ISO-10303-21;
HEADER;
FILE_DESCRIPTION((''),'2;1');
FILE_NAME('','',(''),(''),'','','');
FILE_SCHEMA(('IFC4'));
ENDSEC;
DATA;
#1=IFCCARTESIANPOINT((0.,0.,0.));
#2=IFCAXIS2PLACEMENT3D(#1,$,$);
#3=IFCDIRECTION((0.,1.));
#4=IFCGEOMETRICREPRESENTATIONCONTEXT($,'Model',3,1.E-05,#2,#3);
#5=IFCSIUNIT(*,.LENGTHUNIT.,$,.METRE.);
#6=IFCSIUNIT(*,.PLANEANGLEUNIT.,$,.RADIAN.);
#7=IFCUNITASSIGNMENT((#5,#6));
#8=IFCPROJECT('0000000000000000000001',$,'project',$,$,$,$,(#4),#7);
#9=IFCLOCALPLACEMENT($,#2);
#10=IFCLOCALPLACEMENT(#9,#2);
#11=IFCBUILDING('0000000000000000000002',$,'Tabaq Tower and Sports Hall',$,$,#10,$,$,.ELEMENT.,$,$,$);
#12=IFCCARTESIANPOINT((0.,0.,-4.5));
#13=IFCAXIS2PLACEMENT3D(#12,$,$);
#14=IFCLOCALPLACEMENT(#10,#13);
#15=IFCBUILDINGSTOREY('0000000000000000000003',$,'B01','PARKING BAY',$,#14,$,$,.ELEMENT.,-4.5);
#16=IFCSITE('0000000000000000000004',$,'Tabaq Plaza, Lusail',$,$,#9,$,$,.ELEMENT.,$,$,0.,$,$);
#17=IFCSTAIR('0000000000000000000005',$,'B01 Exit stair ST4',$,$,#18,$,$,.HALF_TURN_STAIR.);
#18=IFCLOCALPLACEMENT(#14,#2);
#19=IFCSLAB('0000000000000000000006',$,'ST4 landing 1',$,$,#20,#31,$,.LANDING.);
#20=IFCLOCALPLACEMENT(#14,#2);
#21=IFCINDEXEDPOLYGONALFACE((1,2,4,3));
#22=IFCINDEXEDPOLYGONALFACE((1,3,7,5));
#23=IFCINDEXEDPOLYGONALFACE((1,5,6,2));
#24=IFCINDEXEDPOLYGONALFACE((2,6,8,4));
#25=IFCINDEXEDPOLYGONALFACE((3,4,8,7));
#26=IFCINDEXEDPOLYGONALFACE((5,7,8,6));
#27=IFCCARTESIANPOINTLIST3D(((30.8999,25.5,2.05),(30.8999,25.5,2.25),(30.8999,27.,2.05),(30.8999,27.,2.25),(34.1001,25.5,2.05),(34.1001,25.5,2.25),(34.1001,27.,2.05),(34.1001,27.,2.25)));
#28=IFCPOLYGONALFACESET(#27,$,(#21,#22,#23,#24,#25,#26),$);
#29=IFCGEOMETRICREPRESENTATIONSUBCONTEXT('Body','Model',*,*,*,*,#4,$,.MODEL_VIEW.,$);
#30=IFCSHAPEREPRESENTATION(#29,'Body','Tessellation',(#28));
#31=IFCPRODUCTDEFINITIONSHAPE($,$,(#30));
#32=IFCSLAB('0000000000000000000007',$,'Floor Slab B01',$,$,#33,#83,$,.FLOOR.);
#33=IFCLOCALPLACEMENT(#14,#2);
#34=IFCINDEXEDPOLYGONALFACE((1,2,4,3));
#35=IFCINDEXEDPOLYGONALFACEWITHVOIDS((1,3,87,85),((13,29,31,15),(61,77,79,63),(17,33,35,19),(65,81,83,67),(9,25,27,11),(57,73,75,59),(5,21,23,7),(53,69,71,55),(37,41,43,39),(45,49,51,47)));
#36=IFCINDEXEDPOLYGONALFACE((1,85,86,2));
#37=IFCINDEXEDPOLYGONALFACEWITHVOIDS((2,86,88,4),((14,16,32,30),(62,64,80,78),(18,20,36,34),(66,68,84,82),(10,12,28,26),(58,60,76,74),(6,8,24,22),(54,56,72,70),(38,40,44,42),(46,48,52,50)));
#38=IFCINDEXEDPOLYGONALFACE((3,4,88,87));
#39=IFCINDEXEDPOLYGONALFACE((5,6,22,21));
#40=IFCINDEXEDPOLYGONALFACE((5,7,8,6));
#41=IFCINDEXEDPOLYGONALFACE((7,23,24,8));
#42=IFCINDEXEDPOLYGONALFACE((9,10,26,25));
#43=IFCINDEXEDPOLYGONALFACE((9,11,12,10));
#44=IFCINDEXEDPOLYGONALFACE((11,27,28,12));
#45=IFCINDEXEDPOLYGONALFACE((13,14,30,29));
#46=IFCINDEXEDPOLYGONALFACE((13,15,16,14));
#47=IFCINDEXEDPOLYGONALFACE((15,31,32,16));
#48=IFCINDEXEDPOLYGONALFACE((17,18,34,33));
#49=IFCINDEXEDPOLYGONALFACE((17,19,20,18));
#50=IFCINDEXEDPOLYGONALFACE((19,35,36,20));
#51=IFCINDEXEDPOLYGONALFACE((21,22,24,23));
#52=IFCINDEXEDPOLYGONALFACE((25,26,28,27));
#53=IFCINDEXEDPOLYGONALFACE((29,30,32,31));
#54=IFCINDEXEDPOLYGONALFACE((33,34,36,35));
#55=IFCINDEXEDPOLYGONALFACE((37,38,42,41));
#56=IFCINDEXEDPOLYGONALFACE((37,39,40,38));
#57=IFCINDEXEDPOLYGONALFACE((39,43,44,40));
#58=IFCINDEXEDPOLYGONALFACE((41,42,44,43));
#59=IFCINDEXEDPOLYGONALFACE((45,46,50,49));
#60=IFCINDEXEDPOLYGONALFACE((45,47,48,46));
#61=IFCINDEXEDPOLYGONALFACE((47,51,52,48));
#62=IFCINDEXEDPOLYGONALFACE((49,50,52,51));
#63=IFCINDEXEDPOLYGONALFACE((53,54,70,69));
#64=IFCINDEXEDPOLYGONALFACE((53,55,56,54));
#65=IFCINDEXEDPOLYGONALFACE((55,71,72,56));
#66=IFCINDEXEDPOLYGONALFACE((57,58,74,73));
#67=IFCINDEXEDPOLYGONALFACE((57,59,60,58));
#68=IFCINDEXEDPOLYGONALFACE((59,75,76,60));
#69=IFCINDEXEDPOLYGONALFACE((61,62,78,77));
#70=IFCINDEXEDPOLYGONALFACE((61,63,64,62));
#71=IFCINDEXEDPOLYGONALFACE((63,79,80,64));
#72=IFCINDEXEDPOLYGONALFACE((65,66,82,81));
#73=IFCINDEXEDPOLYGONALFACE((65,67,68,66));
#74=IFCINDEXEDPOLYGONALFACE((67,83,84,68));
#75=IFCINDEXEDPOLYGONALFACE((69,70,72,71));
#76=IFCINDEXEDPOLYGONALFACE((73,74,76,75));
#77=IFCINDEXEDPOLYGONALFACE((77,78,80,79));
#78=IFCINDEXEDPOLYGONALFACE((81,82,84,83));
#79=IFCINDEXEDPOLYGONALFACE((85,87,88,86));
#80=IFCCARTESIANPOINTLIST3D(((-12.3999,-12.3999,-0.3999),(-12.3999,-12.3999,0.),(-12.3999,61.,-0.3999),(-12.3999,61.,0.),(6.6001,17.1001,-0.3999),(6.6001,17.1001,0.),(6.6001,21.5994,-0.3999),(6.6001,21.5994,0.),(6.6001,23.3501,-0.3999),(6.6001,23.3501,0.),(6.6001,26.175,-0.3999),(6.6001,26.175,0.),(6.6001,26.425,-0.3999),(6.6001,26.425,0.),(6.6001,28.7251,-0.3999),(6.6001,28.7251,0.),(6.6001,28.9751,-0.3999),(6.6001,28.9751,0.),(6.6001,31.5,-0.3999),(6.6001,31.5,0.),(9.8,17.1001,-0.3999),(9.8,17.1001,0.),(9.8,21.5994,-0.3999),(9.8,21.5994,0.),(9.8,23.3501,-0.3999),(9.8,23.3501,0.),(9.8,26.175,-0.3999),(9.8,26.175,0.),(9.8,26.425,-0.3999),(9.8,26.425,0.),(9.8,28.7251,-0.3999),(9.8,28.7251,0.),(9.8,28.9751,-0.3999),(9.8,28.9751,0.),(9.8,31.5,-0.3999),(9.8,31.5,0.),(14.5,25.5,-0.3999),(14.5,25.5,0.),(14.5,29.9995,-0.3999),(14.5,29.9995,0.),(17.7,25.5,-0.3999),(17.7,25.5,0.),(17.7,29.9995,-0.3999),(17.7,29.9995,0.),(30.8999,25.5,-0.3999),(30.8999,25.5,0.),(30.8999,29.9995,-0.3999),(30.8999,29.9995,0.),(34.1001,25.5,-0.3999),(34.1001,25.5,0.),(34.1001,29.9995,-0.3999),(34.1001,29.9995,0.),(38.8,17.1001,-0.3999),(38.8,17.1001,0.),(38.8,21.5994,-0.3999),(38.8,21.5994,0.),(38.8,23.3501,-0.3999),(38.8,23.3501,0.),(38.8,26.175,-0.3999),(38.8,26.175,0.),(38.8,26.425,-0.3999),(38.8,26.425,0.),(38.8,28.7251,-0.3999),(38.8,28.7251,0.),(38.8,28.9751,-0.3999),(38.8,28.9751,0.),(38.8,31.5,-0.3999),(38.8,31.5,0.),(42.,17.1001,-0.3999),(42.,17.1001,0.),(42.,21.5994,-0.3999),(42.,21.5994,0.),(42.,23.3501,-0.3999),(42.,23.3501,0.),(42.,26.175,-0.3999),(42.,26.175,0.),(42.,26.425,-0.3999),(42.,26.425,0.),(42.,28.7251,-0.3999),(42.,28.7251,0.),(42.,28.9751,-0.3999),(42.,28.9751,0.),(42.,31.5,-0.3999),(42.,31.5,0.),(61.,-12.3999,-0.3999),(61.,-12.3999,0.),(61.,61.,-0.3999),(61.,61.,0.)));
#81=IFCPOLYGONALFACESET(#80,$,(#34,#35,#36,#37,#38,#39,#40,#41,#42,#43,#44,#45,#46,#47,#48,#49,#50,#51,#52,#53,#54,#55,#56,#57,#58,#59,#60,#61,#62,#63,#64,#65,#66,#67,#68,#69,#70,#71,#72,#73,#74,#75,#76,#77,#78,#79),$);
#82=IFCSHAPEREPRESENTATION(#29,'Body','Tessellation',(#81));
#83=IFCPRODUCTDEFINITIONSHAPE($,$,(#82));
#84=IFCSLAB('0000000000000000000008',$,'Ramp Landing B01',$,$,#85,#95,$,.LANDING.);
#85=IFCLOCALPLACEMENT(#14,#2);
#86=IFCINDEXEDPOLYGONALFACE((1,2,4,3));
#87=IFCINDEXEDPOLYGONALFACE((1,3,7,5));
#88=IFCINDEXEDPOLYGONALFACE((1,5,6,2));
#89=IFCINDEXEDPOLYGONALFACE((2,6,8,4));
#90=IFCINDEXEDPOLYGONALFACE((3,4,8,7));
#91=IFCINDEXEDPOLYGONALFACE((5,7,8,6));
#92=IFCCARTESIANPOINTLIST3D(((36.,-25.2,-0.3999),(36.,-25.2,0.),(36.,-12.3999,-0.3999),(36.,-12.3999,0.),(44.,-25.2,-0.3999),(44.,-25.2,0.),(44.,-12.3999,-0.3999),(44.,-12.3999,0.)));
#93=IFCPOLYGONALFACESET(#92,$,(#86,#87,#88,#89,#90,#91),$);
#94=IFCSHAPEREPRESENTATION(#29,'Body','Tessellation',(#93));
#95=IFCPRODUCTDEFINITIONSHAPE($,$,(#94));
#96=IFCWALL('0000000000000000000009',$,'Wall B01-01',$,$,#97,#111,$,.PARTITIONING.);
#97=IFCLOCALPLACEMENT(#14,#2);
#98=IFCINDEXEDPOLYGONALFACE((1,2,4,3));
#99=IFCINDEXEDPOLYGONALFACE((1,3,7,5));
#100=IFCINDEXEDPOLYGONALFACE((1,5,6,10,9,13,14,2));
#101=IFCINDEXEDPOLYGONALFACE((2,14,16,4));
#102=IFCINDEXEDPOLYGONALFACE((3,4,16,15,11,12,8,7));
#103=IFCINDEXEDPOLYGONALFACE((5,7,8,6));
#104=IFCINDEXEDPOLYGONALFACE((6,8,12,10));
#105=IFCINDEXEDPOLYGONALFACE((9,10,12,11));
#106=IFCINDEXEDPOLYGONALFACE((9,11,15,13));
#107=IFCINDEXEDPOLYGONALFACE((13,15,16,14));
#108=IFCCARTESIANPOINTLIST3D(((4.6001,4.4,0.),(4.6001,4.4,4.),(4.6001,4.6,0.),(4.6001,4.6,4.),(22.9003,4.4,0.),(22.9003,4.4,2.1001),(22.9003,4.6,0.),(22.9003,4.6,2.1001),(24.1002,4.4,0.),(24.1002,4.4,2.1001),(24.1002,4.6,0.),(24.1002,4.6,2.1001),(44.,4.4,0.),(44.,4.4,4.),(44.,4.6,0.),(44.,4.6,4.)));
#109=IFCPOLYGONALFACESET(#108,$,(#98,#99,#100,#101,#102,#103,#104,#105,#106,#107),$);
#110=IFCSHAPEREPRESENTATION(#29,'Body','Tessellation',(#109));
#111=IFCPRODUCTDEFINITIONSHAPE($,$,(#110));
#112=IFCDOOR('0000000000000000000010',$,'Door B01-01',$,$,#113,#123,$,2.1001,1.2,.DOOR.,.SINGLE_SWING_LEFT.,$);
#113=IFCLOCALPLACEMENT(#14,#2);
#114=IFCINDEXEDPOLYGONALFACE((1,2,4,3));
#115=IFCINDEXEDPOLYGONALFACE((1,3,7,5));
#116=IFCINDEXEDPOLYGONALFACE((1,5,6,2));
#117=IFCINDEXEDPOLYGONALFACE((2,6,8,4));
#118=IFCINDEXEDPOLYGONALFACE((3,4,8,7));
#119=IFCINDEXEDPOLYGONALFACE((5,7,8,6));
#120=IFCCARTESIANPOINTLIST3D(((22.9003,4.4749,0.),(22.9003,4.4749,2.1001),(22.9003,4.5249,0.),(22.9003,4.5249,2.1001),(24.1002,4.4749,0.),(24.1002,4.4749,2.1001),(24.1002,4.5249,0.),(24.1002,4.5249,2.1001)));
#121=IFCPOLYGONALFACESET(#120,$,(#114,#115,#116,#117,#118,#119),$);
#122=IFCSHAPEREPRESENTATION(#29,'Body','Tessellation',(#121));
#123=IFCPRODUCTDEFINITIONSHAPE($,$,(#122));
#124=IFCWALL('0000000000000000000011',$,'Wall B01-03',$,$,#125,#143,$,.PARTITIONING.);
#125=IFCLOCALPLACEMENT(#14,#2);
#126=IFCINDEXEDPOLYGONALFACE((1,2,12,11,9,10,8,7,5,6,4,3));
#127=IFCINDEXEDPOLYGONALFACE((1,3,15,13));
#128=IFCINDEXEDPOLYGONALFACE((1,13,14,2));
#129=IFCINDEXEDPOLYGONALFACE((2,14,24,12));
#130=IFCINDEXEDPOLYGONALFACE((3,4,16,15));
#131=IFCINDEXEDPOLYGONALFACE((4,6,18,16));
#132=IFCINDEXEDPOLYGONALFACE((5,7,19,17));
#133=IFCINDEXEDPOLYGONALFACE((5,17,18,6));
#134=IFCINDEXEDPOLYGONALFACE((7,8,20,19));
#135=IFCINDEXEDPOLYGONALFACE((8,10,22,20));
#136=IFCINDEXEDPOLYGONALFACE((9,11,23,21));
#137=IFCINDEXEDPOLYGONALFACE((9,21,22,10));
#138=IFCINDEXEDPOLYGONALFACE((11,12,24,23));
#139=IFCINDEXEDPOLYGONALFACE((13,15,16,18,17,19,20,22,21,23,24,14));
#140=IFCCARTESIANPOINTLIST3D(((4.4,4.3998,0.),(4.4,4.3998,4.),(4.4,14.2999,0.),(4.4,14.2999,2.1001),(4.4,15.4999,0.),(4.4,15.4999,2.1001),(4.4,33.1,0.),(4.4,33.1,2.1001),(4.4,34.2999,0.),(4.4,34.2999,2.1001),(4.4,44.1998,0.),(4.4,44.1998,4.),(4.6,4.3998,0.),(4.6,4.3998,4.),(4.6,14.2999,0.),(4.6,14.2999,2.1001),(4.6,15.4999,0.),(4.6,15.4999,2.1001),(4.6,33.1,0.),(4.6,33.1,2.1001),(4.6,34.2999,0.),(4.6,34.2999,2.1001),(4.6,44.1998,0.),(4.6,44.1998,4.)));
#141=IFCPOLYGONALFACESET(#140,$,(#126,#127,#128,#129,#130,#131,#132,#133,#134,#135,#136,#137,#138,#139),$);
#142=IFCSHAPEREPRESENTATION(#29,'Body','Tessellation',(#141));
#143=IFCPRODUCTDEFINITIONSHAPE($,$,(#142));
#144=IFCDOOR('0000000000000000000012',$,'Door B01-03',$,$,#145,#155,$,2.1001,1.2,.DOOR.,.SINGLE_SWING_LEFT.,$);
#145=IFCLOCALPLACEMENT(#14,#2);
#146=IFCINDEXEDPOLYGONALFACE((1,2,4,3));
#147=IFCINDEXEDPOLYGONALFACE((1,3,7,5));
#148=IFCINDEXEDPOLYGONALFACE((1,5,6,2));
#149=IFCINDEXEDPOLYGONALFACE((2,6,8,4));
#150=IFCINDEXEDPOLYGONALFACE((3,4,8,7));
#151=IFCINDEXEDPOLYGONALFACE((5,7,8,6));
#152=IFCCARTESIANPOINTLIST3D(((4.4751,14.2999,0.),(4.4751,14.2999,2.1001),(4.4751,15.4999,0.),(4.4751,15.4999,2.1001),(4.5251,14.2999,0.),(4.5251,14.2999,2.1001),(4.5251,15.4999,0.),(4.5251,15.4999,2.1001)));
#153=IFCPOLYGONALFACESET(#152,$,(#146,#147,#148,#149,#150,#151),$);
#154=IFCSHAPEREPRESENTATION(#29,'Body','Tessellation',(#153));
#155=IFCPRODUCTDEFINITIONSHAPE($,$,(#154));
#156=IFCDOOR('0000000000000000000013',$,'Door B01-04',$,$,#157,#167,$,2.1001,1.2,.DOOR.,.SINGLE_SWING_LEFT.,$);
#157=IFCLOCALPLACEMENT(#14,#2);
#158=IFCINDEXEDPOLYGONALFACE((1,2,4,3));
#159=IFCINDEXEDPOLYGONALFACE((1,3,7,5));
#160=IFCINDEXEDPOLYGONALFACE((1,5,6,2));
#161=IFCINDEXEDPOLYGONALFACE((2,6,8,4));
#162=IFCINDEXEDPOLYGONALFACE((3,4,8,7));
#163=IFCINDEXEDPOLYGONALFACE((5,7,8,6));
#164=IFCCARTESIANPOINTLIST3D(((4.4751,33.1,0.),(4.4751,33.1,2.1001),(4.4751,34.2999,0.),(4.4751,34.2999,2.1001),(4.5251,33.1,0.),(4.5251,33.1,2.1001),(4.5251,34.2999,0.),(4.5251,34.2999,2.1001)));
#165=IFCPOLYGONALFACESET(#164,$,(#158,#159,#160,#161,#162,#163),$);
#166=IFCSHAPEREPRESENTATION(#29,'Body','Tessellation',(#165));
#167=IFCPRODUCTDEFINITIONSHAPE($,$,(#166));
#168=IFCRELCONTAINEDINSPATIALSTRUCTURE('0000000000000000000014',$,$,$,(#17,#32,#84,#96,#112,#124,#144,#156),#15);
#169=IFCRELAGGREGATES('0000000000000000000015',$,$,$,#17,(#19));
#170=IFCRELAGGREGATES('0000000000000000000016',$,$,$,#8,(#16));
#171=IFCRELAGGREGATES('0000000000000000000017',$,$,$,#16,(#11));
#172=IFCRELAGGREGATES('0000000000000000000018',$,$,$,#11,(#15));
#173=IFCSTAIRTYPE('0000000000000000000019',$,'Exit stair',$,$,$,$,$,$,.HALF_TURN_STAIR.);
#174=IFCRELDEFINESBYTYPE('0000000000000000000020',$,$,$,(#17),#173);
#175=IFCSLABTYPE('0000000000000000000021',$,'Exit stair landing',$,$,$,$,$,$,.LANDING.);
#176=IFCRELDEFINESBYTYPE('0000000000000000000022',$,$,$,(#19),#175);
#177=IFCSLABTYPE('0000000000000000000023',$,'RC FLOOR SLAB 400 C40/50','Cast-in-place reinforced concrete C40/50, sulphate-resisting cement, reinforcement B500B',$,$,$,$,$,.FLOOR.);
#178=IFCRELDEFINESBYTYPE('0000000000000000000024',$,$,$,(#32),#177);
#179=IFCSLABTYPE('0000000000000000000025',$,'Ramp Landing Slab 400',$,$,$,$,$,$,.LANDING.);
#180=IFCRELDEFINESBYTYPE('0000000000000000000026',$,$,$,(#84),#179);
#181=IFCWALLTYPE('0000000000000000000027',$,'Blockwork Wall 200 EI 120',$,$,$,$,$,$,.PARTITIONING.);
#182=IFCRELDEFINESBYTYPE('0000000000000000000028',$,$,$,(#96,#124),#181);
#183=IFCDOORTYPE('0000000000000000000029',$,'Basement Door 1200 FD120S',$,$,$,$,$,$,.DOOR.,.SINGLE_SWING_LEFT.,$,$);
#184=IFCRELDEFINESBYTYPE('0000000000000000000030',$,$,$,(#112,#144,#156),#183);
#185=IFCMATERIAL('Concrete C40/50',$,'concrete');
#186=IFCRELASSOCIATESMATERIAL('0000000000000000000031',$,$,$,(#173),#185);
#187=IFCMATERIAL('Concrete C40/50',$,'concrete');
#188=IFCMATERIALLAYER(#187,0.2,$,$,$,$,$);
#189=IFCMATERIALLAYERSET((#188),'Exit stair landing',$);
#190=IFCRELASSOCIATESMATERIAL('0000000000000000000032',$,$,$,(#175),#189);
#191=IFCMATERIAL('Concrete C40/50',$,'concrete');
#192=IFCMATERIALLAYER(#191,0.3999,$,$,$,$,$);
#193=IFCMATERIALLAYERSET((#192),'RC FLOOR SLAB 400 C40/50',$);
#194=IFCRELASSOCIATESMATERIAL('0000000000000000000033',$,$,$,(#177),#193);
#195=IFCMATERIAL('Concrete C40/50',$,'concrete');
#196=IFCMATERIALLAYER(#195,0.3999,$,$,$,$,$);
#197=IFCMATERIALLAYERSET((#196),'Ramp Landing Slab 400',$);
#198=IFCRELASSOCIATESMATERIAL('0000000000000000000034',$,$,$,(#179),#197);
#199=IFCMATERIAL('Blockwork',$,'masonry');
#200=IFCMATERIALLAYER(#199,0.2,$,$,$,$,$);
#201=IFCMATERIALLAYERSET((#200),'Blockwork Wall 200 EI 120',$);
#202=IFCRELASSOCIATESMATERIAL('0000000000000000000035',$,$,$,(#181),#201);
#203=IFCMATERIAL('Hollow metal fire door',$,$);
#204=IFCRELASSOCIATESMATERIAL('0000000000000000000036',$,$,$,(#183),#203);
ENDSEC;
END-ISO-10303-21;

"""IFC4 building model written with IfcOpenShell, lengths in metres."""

from ifc_helpers import new_model, si_unit, direction, frame, frame_2d, origin, place, context, subcontext, project, spatial, polyline, rectangle, outline, extrude, material, layer, layer_set, type_object, element, fill, aggregate, save


model = new_model("IFC4")

# Units and contexts
model_context = context("Model", 3, precision=1e-05, world=origin(), true_north=direction((0.0, 1.0)))
body_context = subcontext(model_context, "Body", "Model", "MODEL_VIEW")
ifc_project = project(units=[si_unit("LENGTHUNIT", "METRE"), si_unit("PLANEANGLEUNIT", "RADIAN")], contexts=[model_context])

# Site, building, storey
site_placement = place(None, origin())
site = spatial("IfcSite", under=ifc_project, at=site_placement, Name="Tabaq Plaza, Lusail", CompositionType="ELEMENT", RefElevation=0.0)
building_placement = place(site_placement, origin())
building = spatial("IfcBuilding", under=site, at=building_placement, Name="Tabaq Tower and Sports Hall", CompositionType="ELEMENT")
storey_placement = place(building_placement, frame((0.0, 0.0, -4.5)))
storey = spatial("IfcBuildingStorey", under=building, at=storey_placement, Name="B01", Description="PARKING BAY", CompositionType="ELEMENT", Elevation=-4.5)

# Stair, slab
ifc_material_1 = material(Name="Concrete C40/50", Category="concrete")
stair_type = type_object("IfcStairType", Name="Exit stair", PredefinedType="HALF_TURN_STAIR", material=ifc_material_1)
ifc_material_2 = material(Name="Concrete C40/50", Category="concrete")
ifc_layer_1 = layer(ifc_material_2, 0.2)
ifc_layer_set_1 = layer_set([ifc_layer_1], Name="Exit stair landing")
slab_type_1 = type_object("IfcSlabType", Name="Exit stair landing", PredefinedType="LANDING", material=ifc_layer_set_1)
stair_1_placement = place(storey_placement, origin())
stair_1 = element("IfcStair", 1, at=stair_1_placement, inside=storey, type_object=stair_type, Name="B01 Exit stair ST4", PredefinedType="HALF_TURN_STAIR")
slab_1_placement = place(storey_placement, frame((0.0, 0.0, 2.05)))
slab_1 = element("IfcSlab", 2, at=slab_1_placement, type_object=slab_type_1, Name="ST4 landing 1", PredefinedType="LANDING", context=body_context, shape_type="SweptSolid", body=[
    extrude(outline(polyline([(30.8999, 27.0), (30.8999, 25.5), (34.1001, 25.5), (34.1001, 27.0), (30.8999, 27.0)])), origin(), (0.0, 0.0, 1.0), 0.2),
])
aggregate(stair_1, [slab_1])

# Slabs
ifc_material_3 = material(Name="Concrete C40/50", Category="concrete")
ifc_layer_2 = layer(ifc_material_3, 0.3999)
ifc_layer_set_2 = layer_set([ifc_layer_2], Name="RC FLOOR SLAB 400 C40/50")
slab_type_2 = type_object("IfcSlabType", Name="RC FLOOR SLAB 400 C40/50", Description="Cast-in-place reinforced concrete C40/50, sulphate-resisting cement, reinforcement B500B", PredefinedType="FLOOR", material=ifc_layer_set_2)
slab_2_placement = place(storey_placement, frame((0.0, 0.0, -0.3999)))
element("IfcSlab", 3, at=slab_2_placement, inside=storey, type_object=slab_type_2, Name="Floor Slab B01", PredefinedType="FLOOR", context=body_context, shape_type="SweptSolid", body=[
    extrude(outline(polyline([(-12.3999, -12.3999), (61.0, -12.3999), (61.0, 61.0), (-12.3999, 61.0), (-12.3999, -12.3999)]), holes=[polyline([(9.8, 21.5994), (9.8, 17.1001), (6.6001, 17.1001), (6.6001, 21.5994), (9.8, 21.5994)]), polyline([(42.0, 21.5994), (42.0, 17.1001), (38.8, 17.1001), (38.8, 21.5994), (42.0, 21.5994)]), polyline([(9.8, 26.175), (9.8, 23.3501), (6.6001, 23.3501), (6.6001, 26.175), (9.8, 26.175)]), polyline([(42.0, 23.3501), (38.8, 23.3501), (38.8, 26.175), (42.0, 26.175), (42.0, 23.3501)]), polyline([(9.8, 26.425), (6.6001, 26.425), (6.6001, 28.7251), (9.8, 28.7251), (9.8, 26.425)]), polyline([(42.0, 28.7251), (42.0, 26.425), (38.8, 26.425), (38.8, 28.7251), (42.0, 28.7251)]), polyline([(17.7, 29.9995), (17.7, 25.5), (14.5, 25.5), (14.5, 29.9995), (17.7, 29.9995)]), polyline([(34.1001, 29.9995), (34.1001, 25.5), (30.8999, 25.5), (30.8999, 29.9995), (34.1001, 29.9995)]), polyline([(9.8, 28.9751), (6.6001, 28.9751), (6.6001, 31.5), (9.8, 31.5), (9.8, 28.9751)]), polyline([(42.0, 28.9751), (38.8, 28.9751), (38.8, 31.5), (42.0, 31.5), (42.0, 28.9751)])]), origin(), (0.0, 0.0, 1.0), 0.3999),
])
ifc_material_4 = material(Name="Concrete C40/50", Category="concrete")
ifc_layer_3 = layer(ifc_material_4, 0.3999)
ifc_layer_set_3 = layer_set([ifc_layer_3], Name="Ramp Landing Slab 400")
slab_type_3 = type_object("IfcSlabType", Name="Ramp Landing Slab 400", PredefinedType="LANDING", material=ifc_layer_set_3)
slab_3_placement = place(storey_placement, frame((0.0, 0.0, -0.3999)))
element("IfcSlab", 4, at=slab_3_placement, inside=storey, type_object=slab_type_3, Name="Ramp Landing B01", PredefinedType="LANDING", context=body_context, shape_type="SweptSolid", body=[
    extrude(outline(polyline([(36.0, -25.2), (44.0, -25.2), (44.0, -12.3999), (36.0, -12.3999), (36.0, -25.2)])), origin(), (0.0, 0.0, 1.0), 0.3999),
])

# Wall, opening, door
ifc_material_5 = material(Name="Blockwork", Category="masonry")
ifc_layer_4 = layer(ifc_material_5, 0.2)
ifc_layer_set_4 = layer_set([ifc_layer_4], Name="Blockwork Wall 200 EI 120")
wall_type_1 = type_object("IfcWallType", Name="Blockwork Wall 200 EI 120", PredefinedType="PARTITIONING", material=ifc_layer_set_4)
wall_1_placement = place(storey_placement, frame((4.6001, 4.5, 0.0), z_axis=(0.0, 0.0, 1.0), x_axis=(1.0, 0.0, 0.0)))
wall_1 = element("IfcWall", 5, at=wall_1_placement, inside=storey, type_object=wall_type_1, Name="Wall B01-01", PredefinedType="PARTITIONING", context=body_context, shape_type="SweptSolid", body=[
    extrude(rectangle(XDim=39.3999, YDim=0.2, at=frame_2d((19.7, 0.0))), origin(), (0.0, 0.0, 1.0), 4.0),
])
opening_1_placement = place(wall_1_placement, frame((18.3, 0.0, 0.0)))
opening_1 = element("IfcOpeningElement", 6, at=opening_1_placement, cuts=wall_1, PredefinedType="OPENING", context=body_context, shape_type="SweptSolid", body=[
    extrude(rectangle(XDim=1.2, YDim=2.1001, at=frame_2d((0.6001, 1.05))), frame((0.0, 0.1099, 0.0), z_axis=(0.0, -1.0, 0.0), x_axis=(1.0, 0.0, 0.0)), (0.0, 0.0, 1.0), 0.22),
])
ifc_material_6 = material(Name="Hollow metal fire door")
door_type = type_object("IfcDoorType", Name="Basement Door 1200 FD120S", OperationType="SINGLE_SWING_LEFT", PredefinedType="DOOR", material=ifc_material_6)
door_1_placement = place(opening_1_placement, origin())
door_1 = element("IfcDoor", 7, at=door_1_placement, inside=storey, type_object=door_type, Name="Door B01-01", OperationType="SINGLE_SWING_LEFT", OverallHeight=2.1001, OverallWidth=1.2, PredefinedType="DOOR", context=body_context, shape_type="SweptSolid", body=[
    extrude(rectangle(XDim=1.2, YDim=2.1001, at=frame_2d((0.6001, 1.05))), frame((0.0, 0.0249, 0.0), z_axis=(0.0, -1.0, 0.0), x_axis=(1.0, 0.0, 0.0)), (0.0, 0.0, 1.0), 0.05),
])
fill(opening_1, door_1)

# Wall, openings, doors
wall_2_placement = place(storey_placement, frame((4.5, 4.3999, 0.0), z_axis=(0.0, 0.0, 1.0), x_axis=(0.0, 1.0, 0.0)))
wall_2 = element("IfcWall", 8, at=wall_2_placement, inside=storey, type_object=wall_type_1, Name="Wall B01-03", PredefinedType="PARTITIONING", context=body_context, shape_type="SweptSolid", body=[
    extrude(rectangle(XDim=39.8, YDim=0.2, at=frame_2d((19.8999, 0.0))), origin(), (0.0, 0.0, 1.0), 4.0),
])
opening_2_placement = place(wall_2_placement, frame((9.8999, 0.0, 0.0)))
opening_2 = element("IfcOpeningElement", 9, at=opening_2_placement, cuts=wall_2, PredefinedType="OPENING", context=body_context, shape_type="SweptSolid", body=[
    extrude(rectangle(XDim=1.2, YDim=2.1001, at=frame_2d((0.6001, 1.05))), frame((0.0, 0.1099, 0.0), z_axis=(0.0, -1.0, 0.0), x_axis=(1.0, 0.0, 0.0)), (0.0, 0.0, 1.0), 0.22),
])
opening_3_placement = place(wall_2_placement, frame((28.7, 0.0, 0.0)))
opening_3 = element("IfcOpeningElement", 10, at=opening_3_placement, cuts=wall_2, PredefinedType="OPENING", context=body_context, shape_type="SweptSolid", body=[
    extrude(rectangle(XDim=1.2, YDim=2.1001, at=frame_2d((0.6001, 1.05))), frame((0.0, 0.1099, 0.0), z_axis=(0.0, -1.0, 0.0), x_axis=(1.0, 0.0, 0.0)), (0.0, 0.0, 1.0), 0.22),
])
door_2_placement = place(opening_2_placement, origin())
door_2 = element("IfcDoor", 11, at=door_2_placement, inside=storey, type_object=door_type, Name="Door B01-03", OperationType="SINGLE_SWING_LEFT", OverallHeight=2.1001, OverallWidth=1.2, PredefinedType="DOOR", context=body_context, shape_type="SweptSolid", body=[
    extrude(rectangle(XDim=1.2, YDim=2.1001, at=frame_2d((0.6001, 1.05))), frame((0.0, 0.0249, 0.0), z_axis=(0.0, -1.0, 0.0), x_axis=(1.0, 0.0, 0.0)), (0.0, 0.0, 1.0), 0.05),
])
fill(opening_2, door_2)
door_3_placement = place(opening_3_placement, origin())
door_3 = element("IfcDoor", 12, at=door_3_placement, inside=storey, type_object=door_type, Name="Door B01-04", OperationType="SINGLE_SWING_LEFT", OverallHeight=2.1001, OverallWidth=1.2, PredefinedType="DOOR", context=body_context, shape_type="SweptSolid", body=[
    extrude(rectangle(XDim=1.2, YDim=2.1001, at=frame_2d((0.6001, 1.05))), frame((0.0, 0.0249, 0.0), z_axis=(0.0, -1.0, 0.0), x_axis=(1.0, 0.0, 0.0)), (0.0, 0.0, 1.0), 0.05),
])
fill(opening_3, door_3)

save(model, "model.ifc")
